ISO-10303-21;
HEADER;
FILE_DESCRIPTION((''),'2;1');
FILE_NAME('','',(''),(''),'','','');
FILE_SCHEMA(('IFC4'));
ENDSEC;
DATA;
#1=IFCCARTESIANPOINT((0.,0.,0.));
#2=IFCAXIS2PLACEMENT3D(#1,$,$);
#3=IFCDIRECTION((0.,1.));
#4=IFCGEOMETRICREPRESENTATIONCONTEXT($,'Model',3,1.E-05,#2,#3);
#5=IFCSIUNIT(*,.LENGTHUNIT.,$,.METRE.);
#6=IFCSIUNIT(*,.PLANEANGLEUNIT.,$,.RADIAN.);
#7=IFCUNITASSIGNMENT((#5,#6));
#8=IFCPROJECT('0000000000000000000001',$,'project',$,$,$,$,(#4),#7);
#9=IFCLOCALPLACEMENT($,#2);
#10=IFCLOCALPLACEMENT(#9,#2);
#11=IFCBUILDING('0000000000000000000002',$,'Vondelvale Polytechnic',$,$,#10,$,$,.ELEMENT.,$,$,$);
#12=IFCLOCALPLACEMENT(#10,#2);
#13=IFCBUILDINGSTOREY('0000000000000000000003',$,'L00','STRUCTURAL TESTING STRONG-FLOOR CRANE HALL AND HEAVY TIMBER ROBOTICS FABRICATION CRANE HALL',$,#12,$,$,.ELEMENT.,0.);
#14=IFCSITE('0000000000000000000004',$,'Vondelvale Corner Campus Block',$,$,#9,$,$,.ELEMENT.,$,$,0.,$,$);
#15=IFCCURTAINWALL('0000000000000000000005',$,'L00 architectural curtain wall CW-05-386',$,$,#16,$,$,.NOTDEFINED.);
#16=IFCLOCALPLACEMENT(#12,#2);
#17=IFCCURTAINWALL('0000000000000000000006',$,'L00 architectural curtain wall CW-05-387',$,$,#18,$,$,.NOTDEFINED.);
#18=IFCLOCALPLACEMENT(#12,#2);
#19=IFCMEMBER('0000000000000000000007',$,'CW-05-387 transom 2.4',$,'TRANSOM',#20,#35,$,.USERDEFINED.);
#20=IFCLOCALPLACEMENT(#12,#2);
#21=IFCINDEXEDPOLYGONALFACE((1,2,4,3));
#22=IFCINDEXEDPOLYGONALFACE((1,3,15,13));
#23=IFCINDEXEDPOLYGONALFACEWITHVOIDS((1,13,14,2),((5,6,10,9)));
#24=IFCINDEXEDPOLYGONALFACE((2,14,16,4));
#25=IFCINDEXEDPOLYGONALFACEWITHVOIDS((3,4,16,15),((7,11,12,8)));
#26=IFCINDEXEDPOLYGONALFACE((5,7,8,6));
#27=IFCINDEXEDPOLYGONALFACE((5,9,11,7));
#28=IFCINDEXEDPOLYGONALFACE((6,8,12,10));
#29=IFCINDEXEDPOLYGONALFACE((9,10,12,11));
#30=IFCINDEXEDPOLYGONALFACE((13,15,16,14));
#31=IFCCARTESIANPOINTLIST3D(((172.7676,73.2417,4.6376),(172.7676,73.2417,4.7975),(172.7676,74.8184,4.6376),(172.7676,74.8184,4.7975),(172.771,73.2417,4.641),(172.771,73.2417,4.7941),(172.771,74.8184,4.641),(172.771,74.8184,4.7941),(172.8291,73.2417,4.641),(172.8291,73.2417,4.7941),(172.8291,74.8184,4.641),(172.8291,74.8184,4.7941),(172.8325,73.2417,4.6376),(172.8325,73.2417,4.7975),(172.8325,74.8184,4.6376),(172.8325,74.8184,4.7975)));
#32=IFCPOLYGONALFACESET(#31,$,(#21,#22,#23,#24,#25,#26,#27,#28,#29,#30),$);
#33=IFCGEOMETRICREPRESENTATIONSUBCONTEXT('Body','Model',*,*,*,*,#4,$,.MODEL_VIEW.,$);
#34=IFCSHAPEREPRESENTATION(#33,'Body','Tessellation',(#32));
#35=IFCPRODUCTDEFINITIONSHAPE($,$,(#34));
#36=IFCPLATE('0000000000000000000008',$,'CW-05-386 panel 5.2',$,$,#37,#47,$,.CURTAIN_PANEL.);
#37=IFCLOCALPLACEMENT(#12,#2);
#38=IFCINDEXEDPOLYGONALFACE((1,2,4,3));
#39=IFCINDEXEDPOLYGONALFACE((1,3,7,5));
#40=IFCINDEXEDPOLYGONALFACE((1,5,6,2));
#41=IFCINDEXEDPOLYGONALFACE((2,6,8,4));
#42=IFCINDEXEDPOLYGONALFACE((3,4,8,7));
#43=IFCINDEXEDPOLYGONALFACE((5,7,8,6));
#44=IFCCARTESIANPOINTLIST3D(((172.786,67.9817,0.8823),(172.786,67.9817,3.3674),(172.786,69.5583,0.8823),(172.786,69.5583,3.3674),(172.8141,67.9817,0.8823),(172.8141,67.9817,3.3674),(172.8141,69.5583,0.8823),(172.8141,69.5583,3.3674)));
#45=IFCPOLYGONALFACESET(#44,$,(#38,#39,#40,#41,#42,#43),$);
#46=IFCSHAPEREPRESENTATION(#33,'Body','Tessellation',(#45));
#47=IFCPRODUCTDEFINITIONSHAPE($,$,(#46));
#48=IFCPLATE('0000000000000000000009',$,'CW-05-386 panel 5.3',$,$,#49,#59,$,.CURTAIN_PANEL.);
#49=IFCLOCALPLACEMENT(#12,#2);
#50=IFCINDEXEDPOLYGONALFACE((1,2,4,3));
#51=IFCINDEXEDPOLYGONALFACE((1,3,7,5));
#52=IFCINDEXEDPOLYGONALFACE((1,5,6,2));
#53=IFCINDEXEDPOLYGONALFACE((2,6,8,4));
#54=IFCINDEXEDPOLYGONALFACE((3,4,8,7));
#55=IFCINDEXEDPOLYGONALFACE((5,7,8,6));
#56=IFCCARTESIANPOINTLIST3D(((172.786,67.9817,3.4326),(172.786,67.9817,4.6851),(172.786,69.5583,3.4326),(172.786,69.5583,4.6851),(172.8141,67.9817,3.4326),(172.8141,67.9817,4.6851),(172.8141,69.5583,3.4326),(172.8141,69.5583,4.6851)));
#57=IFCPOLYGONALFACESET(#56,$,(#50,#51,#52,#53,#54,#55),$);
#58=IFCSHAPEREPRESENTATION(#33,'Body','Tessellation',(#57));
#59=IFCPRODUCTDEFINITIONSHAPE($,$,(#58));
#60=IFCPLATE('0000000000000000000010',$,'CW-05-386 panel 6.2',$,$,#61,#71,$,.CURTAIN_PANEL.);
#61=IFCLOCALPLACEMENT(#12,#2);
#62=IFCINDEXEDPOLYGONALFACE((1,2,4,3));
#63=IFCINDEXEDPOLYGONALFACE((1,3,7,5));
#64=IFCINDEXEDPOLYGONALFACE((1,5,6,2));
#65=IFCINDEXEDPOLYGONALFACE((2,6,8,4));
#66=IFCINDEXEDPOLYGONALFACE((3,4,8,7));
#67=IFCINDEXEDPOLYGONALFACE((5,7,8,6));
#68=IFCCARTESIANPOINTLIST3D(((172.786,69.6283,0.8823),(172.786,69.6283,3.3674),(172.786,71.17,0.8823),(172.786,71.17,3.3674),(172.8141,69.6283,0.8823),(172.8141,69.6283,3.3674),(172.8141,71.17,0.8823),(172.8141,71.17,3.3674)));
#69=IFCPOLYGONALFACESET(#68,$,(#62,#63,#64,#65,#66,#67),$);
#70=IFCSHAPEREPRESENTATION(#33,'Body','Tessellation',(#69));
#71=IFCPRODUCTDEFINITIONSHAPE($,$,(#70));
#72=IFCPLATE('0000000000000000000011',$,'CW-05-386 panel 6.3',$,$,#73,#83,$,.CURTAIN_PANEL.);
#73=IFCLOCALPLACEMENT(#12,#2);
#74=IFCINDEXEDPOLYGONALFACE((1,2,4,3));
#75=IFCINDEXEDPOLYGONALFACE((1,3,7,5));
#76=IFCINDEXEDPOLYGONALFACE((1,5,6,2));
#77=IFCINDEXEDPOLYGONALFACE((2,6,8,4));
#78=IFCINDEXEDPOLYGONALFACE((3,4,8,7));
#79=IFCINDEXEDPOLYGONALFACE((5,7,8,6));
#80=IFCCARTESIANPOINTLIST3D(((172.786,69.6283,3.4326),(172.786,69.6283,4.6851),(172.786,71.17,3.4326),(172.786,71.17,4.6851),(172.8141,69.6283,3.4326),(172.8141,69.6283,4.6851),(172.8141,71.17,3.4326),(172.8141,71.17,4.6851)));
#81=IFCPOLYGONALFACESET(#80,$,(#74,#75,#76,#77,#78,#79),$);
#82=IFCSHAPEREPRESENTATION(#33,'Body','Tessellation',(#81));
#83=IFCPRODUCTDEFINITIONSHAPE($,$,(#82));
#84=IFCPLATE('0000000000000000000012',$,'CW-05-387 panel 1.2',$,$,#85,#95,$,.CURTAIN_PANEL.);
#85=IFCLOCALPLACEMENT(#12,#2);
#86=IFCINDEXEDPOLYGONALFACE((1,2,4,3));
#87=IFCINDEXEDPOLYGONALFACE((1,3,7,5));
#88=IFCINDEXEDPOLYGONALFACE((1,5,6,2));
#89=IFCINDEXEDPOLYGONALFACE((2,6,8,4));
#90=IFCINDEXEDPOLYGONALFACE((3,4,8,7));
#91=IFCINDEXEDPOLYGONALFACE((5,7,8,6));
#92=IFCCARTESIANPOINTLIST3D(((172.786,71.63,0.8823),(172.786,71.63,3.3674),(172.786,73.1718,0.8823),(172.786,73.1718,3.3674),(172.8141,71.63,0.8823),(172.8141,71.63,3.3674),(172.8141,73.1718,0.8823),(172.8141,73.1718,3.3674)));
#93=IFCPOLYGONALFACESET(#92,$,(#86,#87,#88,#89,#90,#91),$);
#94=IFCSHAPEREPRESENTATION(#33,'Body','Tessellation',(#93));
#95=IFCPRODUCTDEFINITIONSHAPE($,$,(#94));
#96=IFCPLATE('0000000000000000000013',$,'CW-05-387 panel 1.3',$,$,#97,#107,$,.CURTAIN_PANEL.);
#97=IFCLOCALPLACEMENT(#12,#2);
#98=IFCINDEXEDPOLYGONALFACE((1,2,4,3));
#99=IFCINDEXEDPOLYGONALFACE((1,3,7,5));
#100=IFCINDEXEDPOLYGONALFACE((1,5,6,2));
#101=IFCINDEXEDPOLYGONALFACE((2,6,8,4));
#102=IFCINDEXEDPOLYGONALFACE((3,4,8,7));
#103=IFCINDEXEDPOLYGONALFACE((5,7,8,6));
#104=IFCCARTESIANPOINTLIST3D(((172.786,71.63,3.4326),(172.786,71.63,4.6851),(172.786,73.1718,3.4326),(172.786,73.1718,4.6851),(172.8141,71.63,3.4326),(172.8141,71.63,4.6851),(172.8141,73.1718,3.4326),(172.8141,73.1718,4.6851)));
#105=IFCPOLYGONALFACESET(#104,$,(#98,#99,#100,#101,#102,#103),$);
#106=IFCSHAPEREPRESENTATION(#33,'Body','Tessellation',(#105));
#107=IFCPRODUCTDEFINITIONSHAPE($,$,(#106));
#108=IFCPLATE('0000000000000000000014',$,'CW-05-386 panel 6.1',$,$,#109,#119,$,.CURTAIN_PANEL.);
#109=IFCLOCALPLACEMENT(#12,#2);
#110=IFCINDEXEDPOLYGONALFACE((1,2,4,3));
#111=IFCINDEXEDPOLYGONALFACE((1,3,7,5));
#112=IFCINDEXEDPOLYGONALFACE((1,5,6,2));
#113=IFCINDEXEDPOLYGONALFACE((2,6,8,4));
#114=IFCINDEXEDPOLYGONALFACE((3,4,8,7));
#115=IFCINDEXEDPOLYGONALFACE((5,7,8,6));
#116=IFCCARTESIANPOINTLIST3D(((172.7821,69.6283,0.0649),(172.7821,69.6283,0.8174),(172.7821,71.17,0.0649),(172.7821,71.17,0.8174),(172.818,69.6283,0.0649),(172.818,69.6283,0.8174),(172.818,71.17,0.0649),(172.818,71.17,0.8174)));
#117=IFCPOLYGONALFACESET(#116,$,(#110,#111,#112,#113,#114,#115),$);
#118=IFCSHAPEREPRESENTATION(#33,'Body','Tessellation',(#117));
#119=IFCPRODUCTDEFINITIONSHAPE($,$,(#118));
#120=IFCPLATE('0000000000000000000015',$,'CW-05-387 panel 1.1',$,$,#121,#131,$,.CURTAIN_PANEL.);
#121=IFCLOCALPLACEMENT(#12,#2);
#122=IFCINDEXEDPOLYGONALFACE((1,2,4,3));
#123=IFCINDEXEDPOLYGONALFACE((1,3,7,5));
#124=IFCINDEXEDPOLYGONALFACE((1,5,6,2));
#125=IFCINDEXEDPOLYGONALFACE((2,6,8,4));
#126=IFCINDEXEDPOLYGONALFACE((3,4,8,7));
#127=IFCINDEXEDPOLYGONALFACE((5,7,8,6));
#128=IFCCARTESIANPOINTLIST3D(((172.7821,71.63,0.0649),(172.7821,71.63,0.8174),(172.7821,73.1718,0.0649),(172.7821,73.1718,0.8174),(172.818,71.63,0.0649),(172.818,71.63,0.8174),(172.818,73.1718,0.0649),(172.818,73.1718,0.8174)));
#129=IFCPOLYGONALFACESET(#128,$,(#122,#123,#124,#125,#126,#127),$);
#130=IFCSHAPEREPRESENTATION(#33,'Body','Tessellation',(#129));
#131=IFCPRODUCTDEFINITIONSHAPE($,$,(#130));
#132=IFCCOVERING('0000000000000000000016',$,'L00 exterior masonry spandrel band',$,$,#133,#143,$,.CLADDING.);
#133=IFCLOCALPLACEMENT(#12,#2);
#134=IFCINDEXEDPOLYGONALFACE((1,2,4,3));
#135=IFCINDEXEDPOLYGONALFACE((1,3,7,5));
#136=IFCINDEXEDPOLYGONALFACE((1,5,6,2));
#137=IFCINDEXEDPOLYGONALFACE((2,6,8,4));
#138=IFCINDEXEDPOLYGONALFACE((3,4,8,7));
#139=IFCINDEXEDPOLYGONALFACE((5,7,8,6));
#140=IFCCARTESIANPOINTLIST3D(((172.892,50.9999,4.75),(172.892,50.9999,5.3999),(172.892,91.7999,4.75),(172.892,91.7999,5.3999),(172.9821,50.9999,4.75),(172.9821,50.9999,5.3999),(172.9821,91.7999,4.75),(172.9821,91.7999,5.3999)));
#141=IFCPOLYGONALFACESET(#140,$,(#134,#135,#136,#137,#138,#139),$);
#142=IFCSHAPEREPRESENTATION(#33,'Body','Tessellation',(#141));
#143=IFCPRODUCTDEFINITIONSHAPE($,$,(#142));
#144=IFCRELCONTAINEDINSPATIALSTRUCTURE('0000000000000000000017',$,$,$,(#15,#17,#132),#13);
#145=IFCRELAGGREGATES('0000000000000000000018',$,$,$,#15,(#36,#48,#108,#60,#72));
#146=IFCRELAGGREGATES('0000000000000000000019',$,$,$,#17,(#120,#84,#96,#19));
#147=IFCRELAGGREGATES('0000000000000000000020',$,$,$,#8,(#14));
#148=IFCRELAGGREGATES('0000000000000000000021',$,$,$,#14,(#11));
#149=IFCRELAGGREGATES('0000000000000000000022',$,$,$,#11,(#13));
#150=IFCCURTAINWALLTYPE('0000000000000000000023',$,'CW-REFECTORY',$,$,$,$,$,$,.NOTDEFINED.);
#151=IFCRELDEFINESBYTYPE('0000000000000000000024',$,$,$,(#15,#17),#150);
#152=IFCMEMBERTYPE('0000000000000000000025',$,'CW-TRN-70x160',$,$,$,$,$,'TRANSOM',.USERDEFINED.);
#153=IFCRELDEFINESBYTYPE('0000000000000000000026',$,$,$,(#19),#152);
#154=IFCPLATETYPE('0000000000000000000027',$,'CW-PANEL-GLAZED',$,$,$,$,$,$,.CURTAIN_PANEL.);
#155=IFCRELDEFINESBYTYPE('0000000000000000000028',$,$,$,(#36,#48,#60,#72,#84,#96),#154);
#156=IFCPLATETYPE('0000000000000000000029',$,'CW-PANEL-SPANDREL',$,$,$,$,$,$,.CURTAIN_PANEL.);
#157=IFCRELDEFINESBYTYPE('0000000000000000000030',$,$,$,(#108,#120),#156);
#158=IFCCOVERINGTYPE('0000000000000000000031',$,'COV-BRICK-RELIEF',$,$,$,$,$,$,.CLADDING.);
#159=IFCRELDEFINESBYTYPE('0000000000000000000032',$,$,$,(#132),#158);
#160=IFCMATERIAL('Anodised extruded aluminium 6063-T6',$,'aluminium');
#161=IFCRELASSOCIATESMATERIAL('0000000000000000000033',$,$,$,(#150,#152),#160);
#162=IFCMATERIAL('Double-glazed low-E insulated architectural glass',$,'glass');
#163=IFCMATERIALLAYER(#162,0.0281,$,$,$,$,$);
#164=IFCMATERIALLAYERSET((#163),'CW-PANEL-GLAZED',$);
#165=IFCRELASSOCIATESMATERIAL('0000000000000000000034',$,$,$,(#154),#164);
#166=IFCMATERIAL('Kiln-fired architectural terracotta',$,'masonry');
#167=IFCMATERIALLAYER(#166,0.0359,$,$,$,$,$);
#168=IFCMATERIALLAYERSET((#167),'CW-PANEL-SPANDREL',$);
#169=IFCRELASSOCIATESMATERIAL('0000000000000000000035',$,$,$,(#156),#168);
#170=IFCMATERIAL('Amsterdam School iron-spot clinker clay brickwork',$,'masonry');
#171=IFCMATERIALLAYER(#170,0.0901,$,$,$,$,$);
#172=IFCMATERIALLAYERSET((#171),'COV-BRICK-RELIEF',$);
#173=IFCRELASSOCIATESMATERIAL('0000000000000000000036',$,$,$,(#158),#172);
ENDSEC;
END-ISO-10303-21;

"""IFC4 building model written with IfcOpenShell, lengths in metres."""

from ifc_helpers import new_model, si_unit, direction, frame, origin, origin_2d, place, context, subcontext, project, spatial, rectangle, hollow_rectangle, extrude, material, layer, layer_set, material_profile, profile_set, type_object, element, aggregate, save


model = new_model("IFC4")

# Units and contexts
model_context = context("Model", 3, precision=1e-05, world=origin(), true_north=direction((0.0, 1.0)))
body_context = subcontext(model_context, "Body", "Model", "MODEL_VIEW")
ifc_project = project(units=[si_unit("LENGTHUNIT", "METRE"), si_unit("PLANEANGLEUNIT", "RADIAN")], contexts=[model_context])

# Site, building, storey
site_placement = place(None, origin())
site = spatial("IfcSite", under=ifc_project, at=site_placement, Name="Vondelvale Corner Campus Block", CompositionType="ELEMENT", RefElevation=0.0)
building_placement = place(site_placement, origin())
building = spatial("IfcBuilding", under=site, at=building_placement, Name="Vondelvale Polytechnic", CompositionType="ELEMENT")
storey_placement = place(building_placement, origin())
storey = spatial("IfcBuildingStorey", under=building, at=storey_placement, Name="L00", Description="STRUCTURAL TESTING STRONG-FLOOR CRANE HALL AND HEAVY TIMBER ROBOTICS FABRICATION CRANE HALL", CompositionType="ELEMENT", Elevation=0.0)

# Curtain walls
ifc_material_1 = material(Name="Anodised extruded aluminium 6063-T6", Category="aluminium")
curtain_wall_type = type_object("IfcCurtainWallType", Name="CW-REFECTORY", PredefinedType="NOTDEFINED", material=ifc_material_1)
curtain_wall_1_placement = place(storey_placement, origin())
curtain_wall_1 = element("IfcCurtainWall", 1, at=curtain_wall_1_placement, inside=storey, type_object=curtain_wall_type, Name="L00 architectural curtain wall CW-05-386", PredefinedType="NOTDEFINED")
curtain_wall_2_placement = place(storey_placement, origin())
curtain_wall_2 = element("IfcCurtainWall", 2, at=curtain_wall_2_placement, inside=storey, type_object=curtain_wall_type, Name="L00 architectural curtain wall CW-05-387", PredefinedType="NOTDEFINED")

# Member
ifc_material_profile_1 = material_profile(ifc_material_1, hollow_rectangle(XDim=0.0649, YDim=0.1599, WallThickness=0.0034, at=origin_2d()), Name="CW-TRN-160x65")
ifc_profile_set_1 = profile_set([ifc_material_profile_1], Name="Anodised extruded aluminium 6063-T6")
member_type_1 = type_object("IfcMemberType", Name="CW-TRN-70x160", ElementType="TRANSOM", PredefinedType="USERDEFINED", material=ifc_profile_set_1)
member_1_placement = place(storey_placement, frame((172.8, 73.2417, 4.7175), z_axis=(0.0, 1.0, 0.0), x_axis=(-1.0, 0.0, 0.0)))
member_1 = element("IfcMember", 3, at=member_1_placement, type_object=member_type_1, Name="CW-05-387 transom 2.4", ObjectType="TRANSOM", PredefinedType="USERDEFINED", context=body_context, shape_type="SweptSolid", body=[
    extrude(hollow_rectangle(XDim=0.0649, YDim=0.1599, WallThickness=0.0034, at=origin_2d()), origin(), (0.0, 0.0, 1.0), 1.5767),
])

# Plates
ifc_material_2 = material(Name="Double-glazed low-E insulated architectural glass", Category="glass")
ifc_layer_1 = layer(ifc_material_2, 0.0281)
ifc_layer_set_1 = layer_set([ifc_layer_1], Name="CW-PANEL-GLAZED")
plate_type_1 = type_object("IfcPlateType", Name="CW-PANEL-GLAZED", PredefinedType="CURTAIN_PANEL", material=ifc_layer_set_1)
plate_1_placement = place(storey_placement, frame((172.8, 68.77, 0.8823), z_axis=(0.0, 0.0, 1.0), x_axis=(0.0, 1.0, 0.0)))
plate_1 = element("IfcPlate", 4, at=plate_1_placement, type_object=plate_type_1, Name="CW-05-386 panel 5.2", PredefinedType="CURTAIN_PANEL", context=body_context, shape_type="SweptSolid", body=[
    extrude(rectangle(XDim=1.5767, YDim=0.0281, at=origin_2d()), origin(), (0.0, 0.0, 1.0), 2.4851),
])
plate_2_placement = place(storey_placement, frame((172.8, 68.77, 3.4326), z_axis=(0.0, 0.0, 1.0), x_axis=(0.0, 1.0, 0.0)))
plate_2 = element("IfcPlate", 5, at=plate_2_placement, type_object=plate_type_1, Name="CW-05-386 panel 5.3", PredefinedType="CURTAIN_PANEL", context=body_context, shape_type="SweptSolid", body=[
    extrude(rectangle(XDim=1.5767, YDim=0.0281, at=origin_2d()), origin(), (0.0, 0.0, 1.0), 1.2524),
])
plate_3_placement = place(storey_placement, frame((172.8, 70.3992, 0.8823), z_axis=(0.0, 0.0, 1.0), x_axis=(0.0, 1.0, 0.0)))
plate_3 = element("IfcPlate", 6, at=plate_3_placement, type_object=plate_type_1, Name="CW-05-386 panel 6.2", PredefinedType="CURTAIN_PANEL", context=body_context, shape_type="SweptSolid", body=[
    extrude(rectangle(XDim=1.5417, YDim=0.0281, at=origin_2d()), origin(), (0.0, 0.0, 1.0), 2.4851),
])
plate_4_placement = place(storey_placement, frame((172.8, 70.3992, 3.4326), z_axis=(0.0, 0.0, 1.0), x_axis=(0.0, 1.0, 0.0)))
plate_4 = element("IfcPlate", 7, at=plate_4_placement, type_object=plate_type_1, Name="CW-05-386 panel 6.3", PredefinedType="CURTAIN_PANEL", context=body_context, shape_type="SweptSolid", body=[
    extrude(rectangle(XDim=1.5417, YDim=0.0281, at=origin_2d()), origin(), (0.0, 0.0, 1.0), 1.2524),
])
plate_5_placement = place(storey_placement, frame((172.8, 72.4009, 0.8823), z_axis=(0.0, 0.0, 1.0), x_axis=(0.0, 1.0, 0.0)))
plate_5 = element("IfcPlate", 8, at=plate_5_placement, type_object=plate_type_1, Name="CW-05-387 panel 1.2", PredefinedType="CURTAIN_PANEL", context=body_context, shape_type="SweptSolid", body=[
    extrude(rectangle(XDim=1.5417, YDim=0.0281, at=origin_2d()), origin(), (0.0, 0.0, 1.0), 2.4851),
])
plate_6_placement = place(storey_placement, frame((172.8, 72.4009, 3.4326), z_axis=(0.0, 0.0, 1.0), x_axis=(0.0, 1.0, 0.0)))
plate_6 = element("IfcPlate", 9, at=plate_6_placement, type_object=plate_type_1, Name="CW-05-387 panel 1.3", PredefinedType="CURTAIN_PANEL", context=body_context, shape_type="SweptSolid", body=[
    extrude(rectangle(XDim=1.5417, YDim=0.0281, at=origin_2d()), origin(), (0.0, 0.0, 1.0), 1.2524),
])
ifc_material_3 = material(Name="Kiln-fired architectural terracotta", Category="masonry")
ifc_layer_2 = layer(ifc_material_3, 0.0359)
ifc_layer_set_2 = layer_set([ifc_layer_2], Name="CW-PANEL-SPANDREL")
plate_type_2 = type_object("IfcPlateType", Name="CW-PANEL-SPANDREL", PredefinedType="CURTAIN_PANEL", material=ifc_layer_set_2)
plate_7_placement = place(storey_placement, frame((172.8, 70.3992, 0.0649), z_axis=(0.0, 0.0, 1.0), x_axis=(0.0, 1.0, 0.0)))
plate_7 = element("IfcPlate", 10, at=plate_7_placement, type_object=plate_type_2, Name="CW-05-386 panel 6.1", PredefinedType="CURTAIN_PANEL", context=body_context, shape_type="SweptSolid", body=[
    extrude(rectangle(XDim=1.5417, YDim=0.0359, at=origin_2d()), origin(), (0.0, 0.0, 1.0), 0.7524),
])
aggregate(curtain_wall_1, [plate_1, plate_2, plate_7, plate_3, plate_4])
plate_8_placement = place(storey_placement, frame((172.8, 72.4009, 0.0649), z_axis=(0.0, 0.0, 1.0), x_axis=(0.0, 1.0, 0.0)))
plate_8 = element("IfcPlate", 11, at=plate_8_placement, type_object=plate_type_2, Name="CW-05-387 panel 1.1", PredefinedType="CURTAIN_PANEL", context=body_context, shape_type="SweptSolid", body=[
    extrude(rectangle(XDim=1.5417, YDim=0.0359, at=origin_2d()), origin(), (0.0, 0.0, 1.0), 0.7524),
])
aggregate(curtain_wall_2, [plate_8, plate_5, plate_6, member_1])

# Covering
ifc_material_4 = material(Name="Amsterdam School iron-spot clinker clay brickwork", Category="masonry")
ifc_layer_3 = layer(ifc_material_4, 0.0901)
ifc_layer_set_3 = layer_set([ifc_layer_3], Name="COV-BRICK-RELIEF")
covering_type = type_object("IfcCoveringType", Name="COV-BRICK-RELIEF", PredefinedType="CLADDING", material=ifc_layer_set_3)
covering_placement = place(storey_placement, frame((172.937, 71.3999, 4.75), z_axis=(0.0, 0.0, 1.0), x_axis=(0.0, 1.0, 0.0)))
element("IfcCovering", 12, at=covering_placement, inside=storey, type_object=covering_type, Name="L00 exterior masonry spandrel band", PredefinedType="CLADDING", context=body_context, shape_type="SweptSolid", body=[
    extrude(rectangle(XDim=40.8, YDim=0.0901, at=origin_2d()), origin(), (0.0, 0.0, 1.0), 0.6499),
])

save(model, "model.ifc")
